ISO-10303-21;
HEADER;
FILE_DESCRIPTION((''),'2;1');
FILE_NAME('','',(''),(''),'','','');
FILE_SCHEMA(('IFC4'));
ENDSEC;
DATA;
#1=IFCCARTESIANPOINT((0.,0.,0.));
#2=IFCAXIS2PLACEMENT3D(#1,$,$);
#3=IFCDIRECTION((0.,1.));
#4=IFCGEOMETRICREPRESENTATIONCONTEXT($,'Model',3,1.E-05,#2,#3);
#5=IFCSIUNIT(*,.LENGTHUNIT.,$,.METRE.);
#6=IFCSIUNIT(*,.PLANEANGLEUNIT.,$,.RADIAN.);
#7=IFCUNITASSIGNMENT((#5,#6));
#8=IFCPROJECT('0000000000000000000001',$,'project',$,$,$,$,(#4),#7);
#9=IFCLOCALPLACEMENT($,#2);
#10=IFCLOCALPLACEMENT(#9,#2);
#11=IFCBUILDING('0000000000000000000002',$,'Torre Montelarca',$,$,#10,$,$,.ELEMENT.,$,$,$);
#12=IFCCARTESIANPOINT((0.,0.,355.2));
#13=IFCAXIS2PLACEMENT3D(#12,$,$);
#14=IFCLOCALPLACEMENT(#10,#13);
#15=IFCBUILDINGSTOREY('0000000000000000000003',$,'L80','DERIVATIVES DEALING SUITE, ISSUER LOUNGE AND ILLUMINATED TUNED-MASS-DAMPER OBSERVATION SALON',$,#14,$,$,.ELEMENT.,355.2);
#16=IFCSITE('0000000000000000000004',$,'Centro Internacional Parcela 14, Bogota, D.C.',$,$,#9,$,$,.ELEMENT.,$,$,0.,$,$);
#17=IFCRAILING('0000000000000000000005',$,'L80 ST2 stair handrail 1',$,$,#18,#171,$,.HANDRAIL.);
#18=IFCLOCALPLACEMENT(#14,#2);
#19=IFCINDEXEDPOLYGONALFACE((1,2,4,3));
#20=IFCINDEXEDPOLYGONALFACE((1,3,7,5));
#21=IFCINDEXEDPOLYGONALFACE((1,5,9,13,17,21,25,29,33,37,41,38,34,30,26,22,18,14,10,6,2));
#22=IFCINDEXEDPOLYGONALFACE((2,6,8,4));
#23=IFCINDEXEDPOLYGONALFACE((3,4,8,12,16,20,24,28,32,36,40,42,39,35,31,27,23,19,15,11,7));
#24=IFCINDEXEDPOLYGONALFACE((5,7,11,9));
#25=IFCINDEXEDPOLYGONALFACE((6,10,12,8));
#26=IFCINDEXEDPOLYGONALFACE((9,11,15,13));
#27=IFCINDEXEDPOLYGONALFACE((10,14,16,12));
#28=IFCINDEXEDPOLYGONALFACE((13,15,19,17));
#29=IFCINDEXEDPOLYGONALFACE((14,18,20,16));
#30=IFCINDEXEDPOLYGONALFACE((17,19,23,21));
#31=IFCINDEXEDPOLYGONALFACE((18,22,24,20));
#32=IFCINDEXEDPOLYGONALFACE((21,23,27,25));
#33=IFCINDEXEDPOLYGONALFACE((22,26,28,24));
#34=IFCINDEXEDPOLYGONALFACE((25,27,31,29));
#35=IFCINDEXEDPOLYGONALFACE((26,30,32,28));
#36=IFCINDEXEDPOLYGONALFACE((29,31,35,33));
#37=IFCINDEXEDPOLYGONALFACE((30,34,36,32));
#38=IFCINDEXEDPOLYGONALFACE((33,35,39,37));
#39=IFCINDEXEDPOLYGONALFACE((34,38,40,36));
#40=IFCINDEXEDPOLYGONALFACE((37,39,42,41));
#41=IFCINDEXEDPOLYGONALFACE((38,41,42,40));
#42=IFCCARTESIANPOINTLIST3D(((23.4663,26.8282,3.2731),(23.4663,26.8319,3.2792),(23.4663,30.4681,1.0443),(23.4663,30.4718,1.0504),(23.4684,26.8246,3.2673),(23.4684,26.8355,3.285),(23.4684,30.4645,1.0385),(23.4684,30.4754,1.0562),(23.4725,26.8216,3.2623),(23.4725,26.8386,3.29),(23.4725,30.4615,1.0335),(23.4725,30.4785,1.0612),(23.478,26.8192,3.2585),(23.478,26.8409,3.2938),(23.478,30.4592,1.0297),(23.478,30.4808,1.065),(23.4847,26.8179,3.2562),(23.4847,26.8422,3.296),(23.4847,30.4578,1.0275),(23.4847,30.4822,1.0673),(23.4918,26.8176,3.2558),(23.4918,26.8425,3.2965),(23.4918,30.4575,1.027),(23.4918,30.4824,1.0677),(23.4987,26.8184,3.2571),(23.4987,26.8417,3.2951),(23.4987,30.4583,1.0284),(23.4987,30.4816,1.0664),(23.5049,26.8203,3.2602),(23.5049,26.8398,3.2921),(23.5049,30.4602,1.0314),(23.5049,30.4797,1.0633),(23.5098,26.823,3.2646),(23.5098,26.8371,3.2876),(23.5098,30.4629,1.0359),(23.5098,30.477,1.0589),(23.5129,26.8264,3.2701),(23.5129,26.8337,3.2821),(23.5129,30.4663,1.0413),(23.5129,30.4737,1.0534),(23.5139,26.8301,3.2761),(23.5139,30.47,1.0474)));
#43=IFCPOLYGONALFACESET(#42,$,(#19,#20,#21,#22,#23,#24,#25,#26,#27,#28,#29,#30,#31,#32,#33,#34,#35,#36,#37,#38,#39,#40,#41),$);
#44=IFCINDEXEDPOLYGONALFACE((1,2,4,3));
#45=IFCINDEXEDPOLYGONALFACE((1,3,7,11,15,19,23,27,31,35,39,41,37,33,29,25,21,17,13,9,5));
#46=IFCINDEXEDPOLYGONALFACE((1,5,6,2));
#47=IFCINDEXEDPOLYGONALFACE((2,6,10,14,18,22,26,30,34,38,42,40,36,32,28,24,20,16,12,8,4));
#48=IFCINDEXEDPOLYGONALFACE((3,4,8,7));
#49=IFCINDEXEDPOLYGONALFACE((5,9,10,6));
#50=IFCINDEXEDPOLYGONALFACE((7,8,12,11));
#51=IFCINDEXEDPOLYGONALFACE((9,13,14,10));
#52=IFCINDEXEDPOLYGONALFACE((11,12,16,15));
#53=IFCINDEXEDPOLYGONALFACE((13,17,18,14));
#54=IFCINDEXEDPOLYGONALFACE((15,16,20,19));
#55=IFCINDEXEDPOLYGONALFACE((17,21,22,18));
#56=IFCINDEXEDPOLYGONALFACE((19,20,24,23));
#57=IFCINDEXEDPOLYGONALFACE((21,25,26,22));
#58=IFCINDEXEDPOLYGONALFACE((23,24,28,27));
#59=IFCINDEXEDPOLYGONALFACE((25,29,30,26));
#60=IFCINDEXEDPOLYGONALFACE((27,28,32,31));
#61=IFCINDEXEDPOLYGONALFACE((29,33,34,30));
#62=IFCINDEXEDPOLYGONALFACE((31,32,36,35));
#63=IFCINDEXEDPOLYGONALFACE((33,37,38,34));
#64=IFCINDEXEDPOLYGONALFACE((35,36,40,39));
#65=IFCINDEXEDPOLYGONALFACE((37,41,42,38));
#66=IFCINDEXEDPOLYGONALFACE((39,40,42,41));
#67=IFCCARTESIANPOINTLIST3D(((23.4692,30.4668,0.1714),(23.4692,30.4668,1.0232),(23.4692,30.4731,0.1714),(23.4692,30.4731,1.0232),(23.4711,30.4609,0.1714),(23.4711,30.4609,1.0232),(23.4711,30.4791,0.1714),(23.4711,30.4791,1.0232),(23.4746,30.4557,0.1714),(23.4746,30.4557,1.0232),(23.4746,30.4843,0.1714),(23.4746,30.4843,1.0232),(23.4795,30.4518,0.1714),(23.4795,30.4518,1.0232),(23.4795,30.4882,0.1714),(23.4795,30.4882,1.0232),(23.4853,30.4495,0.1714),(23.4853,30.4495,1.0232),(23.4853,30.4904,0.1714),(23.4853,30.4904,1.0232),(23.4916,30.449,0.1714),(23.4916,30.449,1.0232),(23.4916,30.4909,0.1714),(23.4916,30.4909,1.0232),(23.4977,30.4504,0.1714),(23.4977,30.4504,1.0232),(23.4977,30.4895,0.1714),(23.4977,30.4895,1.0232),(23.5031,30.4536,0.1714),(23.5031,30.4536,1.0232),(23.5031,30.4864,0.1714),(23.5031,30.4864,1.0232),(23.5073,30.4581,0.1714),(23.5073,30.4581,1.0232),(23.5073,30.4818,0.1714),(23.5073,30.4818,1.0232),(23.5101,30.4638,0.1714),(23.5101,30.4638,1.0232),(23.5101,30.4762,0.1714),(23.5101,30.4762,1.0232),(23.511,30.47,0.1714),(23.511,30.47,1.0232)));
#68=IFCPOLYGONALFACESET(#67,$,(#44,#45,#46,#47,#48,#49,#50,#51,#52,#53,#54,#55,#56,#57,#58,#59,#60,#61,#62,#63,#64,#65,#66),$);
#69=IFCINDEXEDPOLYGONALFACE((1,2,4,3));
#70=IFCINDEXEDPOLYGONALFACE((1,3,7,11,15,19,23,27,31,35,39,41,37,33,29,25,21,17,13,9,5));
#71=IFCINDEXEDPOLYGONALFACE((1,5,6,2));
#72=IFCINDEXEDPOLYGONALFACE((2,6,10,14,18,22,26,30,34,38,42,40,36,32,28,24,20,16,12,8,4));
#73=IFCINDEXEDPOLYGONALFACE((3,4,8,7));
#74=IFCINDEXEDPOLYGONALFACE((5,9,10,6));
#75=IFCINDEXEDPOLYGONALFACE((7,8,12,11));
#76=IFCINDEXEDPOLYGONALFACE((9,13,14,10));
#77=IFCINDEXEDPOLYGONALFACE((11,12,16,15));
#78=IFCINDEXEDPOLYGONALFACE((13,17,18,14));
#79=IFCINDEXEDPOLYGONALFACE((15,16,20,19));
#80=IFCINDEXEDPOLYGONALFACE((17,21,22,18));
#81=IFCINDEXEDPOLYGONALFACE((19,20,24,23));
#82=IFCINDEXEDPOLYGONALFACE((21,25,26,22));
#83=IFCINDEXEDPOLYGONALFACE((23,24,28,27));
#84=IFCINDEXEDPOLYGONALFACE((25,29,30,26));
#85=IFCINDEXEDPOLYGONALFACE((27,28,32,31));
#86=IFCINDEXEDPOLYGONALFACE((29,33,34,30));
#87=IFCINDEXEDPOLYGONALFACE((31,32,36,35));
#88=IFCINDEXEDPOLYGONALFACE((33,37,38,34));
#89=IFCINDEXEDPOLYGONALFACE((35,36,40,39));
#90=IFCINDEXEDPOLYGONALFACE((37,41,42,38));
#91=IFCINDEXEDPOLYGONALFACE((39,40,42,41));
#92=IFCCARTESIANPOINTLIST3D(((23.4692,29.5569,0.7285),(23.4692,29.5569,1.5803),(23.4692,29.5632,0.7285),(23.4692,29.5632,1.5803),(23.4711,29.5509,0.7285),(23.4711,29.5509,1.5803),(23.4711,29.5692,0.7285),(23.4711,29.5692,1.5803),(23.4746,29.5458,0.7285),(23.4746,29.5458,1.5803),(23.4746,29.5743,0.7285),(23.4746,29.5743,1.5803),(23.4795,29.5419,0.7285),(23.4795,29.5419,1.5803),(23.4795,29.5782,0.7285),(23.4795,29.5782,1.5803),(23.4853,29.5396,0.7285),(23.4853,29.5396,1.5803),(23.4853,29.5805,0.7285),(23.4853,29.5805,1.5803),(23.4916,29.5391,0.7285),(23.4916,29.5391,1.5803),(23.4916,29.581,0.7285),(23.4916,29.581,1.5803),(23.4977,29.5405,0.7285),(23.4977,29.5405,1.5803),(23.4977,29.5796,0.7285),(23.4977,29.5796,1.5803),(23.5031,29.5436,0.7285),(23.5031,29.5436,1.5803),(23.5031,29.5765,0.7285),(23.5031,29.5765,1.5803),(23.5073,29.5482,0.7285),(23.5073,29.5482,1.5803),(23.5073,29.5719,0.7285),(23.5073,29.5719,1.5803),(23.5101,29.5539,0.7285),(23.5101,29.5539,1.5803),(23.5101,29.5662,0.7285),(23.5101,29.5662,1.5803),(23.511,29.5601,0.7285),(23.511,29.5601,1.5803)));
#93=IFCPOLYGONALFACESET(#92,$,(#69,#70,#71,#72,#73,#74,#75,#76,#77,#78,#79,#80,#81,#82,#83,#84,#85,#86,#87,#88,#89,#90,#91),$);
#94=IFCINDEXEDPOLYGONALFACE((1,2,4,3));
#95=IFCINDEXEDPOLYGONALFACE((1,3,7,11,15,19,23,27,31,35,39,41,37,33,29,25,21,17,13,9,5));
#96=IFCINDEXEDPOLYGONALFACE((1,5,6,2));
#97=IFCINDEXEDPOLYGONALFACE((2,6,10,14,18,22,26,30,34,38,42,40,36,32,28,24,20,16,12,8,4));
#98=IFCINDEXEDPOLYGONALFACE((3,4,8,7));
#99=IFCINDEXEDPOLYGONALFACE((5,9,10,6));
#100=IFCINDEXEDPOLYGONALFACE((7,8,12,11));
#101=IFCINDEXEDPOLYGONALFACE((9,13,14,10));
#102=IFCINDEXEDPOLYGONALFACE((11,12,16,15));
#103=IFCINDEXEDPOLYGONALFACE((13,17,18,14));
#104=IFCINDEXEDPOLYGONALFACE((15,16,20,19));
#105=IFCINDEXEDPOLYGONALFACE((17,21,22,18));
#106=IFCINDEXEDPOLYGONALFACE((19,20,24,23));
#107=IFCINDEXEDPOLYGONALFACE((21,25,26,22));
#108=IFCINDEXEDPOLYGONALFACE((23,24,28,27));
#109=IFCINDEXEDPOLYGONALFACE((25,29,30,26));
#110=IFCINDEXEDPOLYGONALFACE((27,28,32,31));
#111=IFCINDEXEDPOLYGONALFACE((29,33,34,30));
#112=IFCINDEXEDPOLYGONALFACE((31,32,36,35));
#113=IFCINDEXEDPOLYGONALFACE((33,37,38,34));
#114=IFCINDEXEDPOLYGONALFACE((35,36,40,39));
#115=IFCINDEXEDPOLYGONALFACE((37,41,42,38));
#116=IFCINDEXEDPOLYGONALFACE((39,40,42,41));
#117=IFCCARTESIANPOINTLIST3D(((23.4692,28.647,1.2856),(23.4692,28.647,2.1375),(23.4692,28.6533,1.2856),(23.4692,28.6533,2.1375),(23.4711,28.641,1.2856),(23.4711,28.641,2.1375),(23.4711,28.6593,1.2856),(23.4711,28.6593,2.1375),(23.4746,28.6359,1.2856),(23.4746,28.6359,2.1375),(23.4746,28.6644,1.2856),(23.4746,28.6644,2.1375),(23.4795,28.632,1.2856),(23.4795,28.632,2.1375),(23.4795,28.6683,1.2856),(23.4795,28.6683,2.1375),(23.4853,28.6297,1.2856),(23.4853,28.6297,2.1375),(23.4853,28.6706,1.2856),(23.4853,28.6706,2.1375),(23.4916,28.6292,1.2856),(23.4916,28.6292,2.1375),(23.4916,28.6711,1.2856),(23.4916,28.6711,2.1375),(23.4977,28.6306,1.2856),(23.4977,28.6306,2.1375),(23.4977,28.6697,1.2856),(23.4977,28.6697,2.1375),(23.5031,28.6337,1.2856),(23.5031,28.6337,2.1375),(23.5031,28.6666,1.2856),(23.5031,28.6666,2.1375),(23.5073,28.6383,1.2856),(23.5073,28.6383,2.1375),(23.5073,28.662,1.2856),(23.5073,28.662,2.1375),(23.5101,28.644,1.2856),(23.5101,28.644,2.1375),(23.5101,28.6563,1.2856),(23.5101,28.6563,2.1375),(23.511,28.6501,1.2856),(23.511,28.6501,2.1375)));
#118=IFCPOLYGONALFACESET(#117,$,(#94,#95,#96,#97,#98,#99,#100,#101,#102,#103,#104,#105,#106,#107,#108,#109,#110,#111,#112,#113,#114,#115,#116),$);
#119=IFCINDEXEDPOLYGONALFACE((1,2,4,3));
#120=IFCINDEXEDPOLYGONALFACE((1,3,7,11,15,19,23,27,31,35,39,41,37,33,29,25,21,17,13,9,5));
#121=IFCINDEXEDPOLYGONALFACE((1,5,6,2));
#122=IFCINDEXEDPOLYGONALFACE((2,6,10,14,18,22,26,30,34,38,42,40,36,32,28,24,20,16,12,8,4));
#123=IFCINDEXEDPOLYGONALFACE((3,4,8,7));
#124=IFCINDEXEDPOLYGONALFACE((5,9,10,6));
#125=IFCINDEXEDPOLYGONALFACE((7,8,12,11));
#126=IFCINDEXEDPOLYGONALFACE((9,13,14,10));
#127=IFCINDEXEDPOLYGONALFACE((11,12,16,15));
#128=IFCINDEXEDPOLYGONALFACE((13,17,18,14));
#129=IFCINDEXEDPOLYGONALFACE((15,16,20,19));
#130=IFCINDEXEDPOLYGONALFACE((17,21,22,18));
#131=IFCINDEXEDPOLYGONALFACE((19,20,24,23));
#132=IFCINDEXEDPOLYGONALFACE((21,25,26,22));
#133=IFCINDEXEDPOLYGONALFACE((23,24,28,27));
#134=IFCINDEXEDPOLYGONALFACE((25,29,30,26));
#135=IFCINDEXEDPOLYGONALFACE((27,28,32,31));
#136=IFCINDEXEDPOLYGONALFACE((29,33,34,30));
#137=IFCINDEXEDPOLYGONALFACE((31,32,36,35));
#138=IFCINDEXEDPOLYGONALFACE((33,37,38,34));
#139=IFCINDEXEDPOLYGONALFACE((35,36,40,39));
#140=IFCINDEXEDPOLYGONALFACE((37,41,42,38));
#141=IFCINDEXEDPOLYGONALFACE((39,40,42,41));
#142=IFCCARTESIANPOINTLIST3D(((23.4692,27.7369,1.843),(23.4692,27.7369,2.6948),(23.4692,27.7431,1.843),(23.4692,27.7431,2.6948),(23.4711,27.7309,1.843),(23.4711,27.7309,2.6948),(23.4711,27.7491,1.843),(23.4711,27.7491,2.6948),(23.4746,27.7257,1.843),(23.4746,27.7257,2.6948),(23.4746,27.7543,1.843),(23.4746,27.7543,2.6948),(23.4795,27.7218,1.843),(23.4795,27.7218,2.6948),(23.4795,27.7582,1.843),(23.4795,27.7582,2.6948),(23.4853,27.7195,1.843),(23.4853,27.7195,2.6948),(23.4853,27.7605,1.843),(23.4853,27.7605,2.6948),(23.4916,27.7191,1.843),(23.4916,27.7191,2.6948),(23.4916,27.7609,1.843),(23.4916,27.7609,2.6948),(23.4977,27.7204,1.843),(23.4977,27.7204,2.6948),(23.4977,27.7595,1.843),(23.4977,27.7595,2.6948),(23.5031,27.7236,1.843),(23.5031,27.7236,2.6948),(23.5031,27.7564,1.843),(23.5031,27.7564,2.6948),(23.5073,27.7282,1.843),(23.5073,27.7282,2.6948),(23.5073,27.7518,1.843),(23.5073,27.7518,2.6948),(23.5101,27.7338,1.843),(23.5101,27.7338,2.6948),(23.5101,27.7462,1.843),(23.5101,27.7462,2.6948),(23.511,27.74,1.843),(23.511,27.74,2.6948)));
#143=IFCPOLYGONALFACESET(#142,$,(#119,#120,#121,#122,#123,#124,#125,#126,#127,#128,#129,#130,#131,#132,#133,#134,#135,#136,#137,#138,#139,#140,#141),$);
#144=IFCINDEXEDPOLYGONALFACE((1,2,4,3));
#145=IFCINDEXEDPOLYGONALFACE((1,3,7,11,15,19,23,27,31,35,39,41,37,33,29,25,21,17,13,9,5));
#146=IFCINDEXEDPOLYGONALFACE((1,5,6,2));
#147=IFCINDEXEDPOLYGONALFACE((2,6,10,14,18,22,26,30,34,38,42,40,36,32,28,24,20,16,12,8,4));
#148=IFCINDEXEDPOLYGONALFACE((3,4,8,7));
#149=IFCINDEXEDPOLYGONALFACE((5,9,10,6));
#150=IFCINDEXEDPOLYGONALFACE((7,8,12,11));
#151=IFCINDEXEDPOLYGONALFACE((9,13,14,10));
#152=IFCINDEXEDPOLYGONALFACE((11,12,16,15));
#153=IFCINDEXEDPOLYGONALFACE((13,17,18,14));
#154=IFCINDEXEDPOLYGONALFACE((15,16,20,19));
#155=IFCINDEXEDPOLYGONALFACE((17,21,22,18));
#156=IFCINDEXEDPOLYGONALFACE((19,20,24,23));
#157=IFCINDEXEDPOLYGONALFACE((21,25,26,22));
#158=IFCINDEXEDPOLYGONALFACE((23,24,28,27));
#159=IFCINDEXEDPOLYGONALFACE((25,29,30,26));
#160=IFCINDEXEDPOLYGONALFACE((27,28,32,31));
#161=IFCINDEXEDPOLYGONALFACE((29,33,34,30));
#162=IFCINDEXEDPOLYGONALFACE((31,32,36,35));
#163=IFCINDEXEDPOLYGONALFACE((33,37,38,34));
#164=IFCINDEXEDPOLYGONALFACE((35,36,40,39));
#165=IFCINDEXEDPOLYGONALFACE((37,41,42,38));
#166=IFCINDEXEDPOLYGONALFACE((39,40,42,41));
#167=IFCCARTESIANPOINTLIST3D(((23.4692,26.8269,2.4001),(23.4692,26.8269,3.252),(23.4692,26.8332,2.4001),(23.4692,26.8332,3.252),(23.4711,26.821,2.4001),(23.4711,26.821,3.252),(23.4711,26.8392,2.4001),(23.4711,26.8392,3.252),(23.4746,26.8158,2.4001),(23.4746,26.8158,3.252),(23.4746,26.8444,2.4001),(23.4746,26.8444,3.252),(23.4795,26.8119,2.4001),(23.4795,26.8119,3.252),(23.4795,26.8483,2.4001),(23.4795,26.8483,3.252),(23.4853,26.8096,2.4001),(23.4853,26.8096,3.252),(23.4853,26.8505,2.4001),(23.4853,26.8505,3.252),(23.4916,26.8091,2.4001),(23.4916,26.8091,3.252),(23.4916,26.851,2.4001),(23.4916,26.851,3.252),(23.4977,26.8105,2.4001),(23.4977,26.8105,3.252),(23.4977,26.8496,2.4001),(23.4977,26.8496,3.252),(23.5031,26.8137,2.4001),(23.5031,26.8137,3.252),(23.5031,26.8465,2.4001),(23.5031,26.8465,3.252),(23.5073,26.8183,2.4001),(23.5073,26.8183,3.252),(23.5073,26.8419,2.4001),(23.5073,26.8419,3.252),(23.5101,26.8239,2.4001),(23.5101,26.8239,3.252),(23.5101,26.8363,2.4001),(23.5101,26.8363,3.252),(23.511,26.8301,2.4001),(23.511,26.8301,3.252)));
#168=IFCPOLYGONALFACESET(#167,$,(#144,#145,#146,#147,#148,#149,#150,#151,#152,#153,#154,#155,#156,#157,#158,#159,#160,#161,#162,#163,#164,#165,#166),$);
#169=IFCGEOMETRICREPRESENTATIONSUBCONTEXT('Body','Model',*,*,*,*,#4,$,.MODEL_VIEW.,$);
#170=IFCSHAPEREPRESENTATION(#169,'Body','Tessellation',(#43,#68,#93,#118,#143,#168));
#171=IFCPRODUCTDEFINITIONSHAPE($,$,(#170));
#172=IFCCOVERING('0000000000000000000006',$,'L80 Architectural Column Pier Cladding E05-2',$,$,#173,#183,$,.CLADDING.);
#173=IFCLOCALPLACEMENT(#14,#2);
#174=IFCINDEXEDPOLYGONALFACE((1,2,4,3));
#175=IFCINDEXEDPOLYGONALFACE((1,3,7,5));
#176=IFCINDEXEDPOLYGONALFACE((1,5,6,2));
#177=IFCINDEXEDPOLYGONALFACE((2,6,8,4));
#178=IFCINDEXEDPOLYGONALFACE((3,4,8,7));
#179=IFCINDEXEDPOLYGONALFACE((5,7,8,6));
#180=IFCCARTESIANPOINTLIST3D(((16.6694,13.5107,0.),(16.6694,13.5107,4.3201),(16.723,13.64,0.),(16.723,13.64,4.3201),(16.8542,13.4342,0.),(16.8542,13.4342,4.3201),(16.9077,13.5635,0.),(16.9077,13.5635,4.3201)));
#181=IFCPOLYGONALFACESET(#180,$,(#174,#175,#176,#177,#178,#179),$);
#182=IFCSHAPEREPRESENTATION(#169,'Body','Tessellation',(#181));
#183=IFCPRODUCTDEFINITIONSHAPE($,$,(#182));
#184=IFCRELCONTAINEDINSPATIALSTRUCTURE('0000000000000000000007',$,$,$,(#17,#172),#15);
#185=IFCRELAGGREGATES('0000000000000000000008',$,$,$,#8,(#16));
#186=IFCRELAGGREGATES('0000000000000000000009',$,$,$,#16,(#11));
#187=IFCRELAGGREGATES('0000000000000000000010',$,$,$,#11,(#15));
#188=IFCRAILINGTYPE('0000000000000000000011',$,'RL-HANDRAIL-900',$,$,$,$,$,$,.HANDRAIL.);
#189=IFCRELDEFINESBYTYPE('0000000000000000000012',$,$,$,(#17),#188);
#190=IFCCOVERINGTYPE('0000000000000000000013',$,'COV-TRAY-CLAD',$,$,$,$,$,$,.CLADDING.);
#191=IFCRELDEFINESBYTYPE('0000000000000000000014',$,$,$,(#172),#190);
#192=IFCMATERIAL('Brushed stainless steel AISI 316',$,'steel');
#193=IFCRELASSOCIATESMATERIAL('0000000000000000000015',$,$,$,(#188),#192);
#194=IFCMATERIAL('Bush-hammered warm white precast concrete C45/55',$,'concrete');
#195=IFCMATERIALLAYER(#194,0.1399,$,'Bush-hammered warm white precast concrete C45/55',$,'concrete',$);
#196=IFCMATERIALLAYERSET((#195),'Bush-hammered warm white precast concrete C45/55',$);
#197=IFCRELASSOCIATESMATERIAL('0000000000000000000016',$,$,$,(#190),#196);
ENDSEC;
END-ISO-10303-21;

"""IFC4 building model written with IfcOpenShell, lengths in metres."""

from ifc_helpers import new_model, si_unit, direction, frame, origin, origin_2d, place, context, subcontext, project, spatial, rectangle, circle, extrude, source, transform, mapped, material, layer, layer_set, type_object, element, save


model = new_model("IFC4")

# Units and contexts
model_context = context("Model", 3, precision=1e-05, world=origin(), true_north=direction((0.0, 1.0)))
body_context = subcontext(model_context, "Body", "Model", "MODEL_VIEW")
ifc_project = project(units=[si_unit("LENGTHUNIT", "METRE"), si_unit("PLANEANGLEUNIT", "RADIAN")], contexts=[model_context])

# Site, building, storey
site_placement = place(None, origin())
site = spatial("IfcSite", under=ifc_project, at=site_placement, Name="Centro Internacional Parcela 14, Bogota, D.C.", CompositionType="ELEMENT", RefElevation=0.0)
building_placement = place(site_placement, origin())
building = spatial("IfcBuilding", under=site, at=building_placement, Name="Torre Montelarca", CompositionType="ELEMENT")
storey_placement = place(building_placement, frame((0.0, 0.0, 355.2)))
storey = spatial("IfcBuildingStorey", under=building, at=storey_placement, Name="L80", Description="DERIVATIVES DEALING SUITE, ISSUER LOUNGE AND ILLUMINATED TUNED-MASS-DAMPER OBSERVATION SALON", CompositionType="ELEMENT", Elevation=355.2)

# Railing
ifc_material_1 = material(Name="Brushed stainless steel AISI 316", Category="steel")
railing_type_1 = type_object("IfcRailingType", Name="RL-HANDRAIL-900", PredefinedType="HANDRAIL", material=ifc_material_1)
railing_1_placement = place(storey_placement, frame((23.49, 30.47, 0.1714)))
element("IfcRailing", 1, at=railing_1_placement, inside=storey, type_object=railing_type_1, Name="L80 ST2 stair handrail 1", PredefinedType="HANDRAIL", context=body_context, shape_type="SweptSolid", body=[
    extrude(circle(Radius=0.0239, at=origin_2d()), frame((0.0, 0.0, 0.876), z_axis=(0.0, -0.852825, 0.522197), x_axis=(1.0, 0.0, 0.0)), (0.0, 0.0, 1.0), 4.2681),
    extrude(circle(Radius=0.021, at=origin_2d()), origin(), (0.0, 0.0, 1.0), 0.8518),
    extrude(circle(Radius=0.021, at=origin_2d()), frame((0.0, -0.9099, 0.5571)), (0.0, 0.0, 1.0), 0.8518),
    extrude(circle(Radius=0.021, at=origin_2d()), frame((0.0, -1.8198, 1.1143)), (0.0, 0.0, 1.0), 0.8518),
    extrude(circle(Radius=0.021, at=origin_2d()), frame((0.0, -2.73, 1.6716)), (0.0, 0.0, 1.0), 0.8518),
    extrude(circle(Radius=0.021, at=origin_2d()), frame((0.0, -3.6399, 2.2288)), (0.0, 0.0, 1.0), 0.8518),
])

# Covering
ifc_material_2 = material(Name="Bush-hammered warm white precast concrete C45/55", Category="concrete")
ifc_layer_1 = layer(ifc_material_2, 0.1399, Name="Bush-hammered warm white precast concrete C45/55", Category="concrete")
ifc_layer_set_1 = layer_set([ifc_layer_1], Name="Bush-hammered warm white precast concrete C45/55")
covering_type = type_object("IfcCoveringType", Name="COV-TRAY-CLAD", PredefinedType="CLADDING", material=ifc_layer_set_1)
shared_shape_1 = source(origin(), body_context, "Body", "SweptSolid", [
    extrude(rectangle(XDim=0.2, YDim=0.1399, at=origin_2d()), origin(), (0.0, 0.0, 1.0), 4.3201),
])
covering_placement = place(storey_placement, frame((16.7886, 13.5371, 0.0), z_axis=(0.0, 0.0, 1.0), x_axis=(0.923881, -0.38268, 0.0)))
element("IfcCovering", 2, at=covering_placement, inside=storey, type_object=covering_type, Name="L80 Architectural Column Pier Cladding E05-2", PredefinedType="CLADDING", context=body_context, shape_type="MappedRepresentation", body=[
    mapped(shared_shape_1, transform((0.0, 0.0, 0.0), scale=1.0)),
])

save(model, "model.ifc")
